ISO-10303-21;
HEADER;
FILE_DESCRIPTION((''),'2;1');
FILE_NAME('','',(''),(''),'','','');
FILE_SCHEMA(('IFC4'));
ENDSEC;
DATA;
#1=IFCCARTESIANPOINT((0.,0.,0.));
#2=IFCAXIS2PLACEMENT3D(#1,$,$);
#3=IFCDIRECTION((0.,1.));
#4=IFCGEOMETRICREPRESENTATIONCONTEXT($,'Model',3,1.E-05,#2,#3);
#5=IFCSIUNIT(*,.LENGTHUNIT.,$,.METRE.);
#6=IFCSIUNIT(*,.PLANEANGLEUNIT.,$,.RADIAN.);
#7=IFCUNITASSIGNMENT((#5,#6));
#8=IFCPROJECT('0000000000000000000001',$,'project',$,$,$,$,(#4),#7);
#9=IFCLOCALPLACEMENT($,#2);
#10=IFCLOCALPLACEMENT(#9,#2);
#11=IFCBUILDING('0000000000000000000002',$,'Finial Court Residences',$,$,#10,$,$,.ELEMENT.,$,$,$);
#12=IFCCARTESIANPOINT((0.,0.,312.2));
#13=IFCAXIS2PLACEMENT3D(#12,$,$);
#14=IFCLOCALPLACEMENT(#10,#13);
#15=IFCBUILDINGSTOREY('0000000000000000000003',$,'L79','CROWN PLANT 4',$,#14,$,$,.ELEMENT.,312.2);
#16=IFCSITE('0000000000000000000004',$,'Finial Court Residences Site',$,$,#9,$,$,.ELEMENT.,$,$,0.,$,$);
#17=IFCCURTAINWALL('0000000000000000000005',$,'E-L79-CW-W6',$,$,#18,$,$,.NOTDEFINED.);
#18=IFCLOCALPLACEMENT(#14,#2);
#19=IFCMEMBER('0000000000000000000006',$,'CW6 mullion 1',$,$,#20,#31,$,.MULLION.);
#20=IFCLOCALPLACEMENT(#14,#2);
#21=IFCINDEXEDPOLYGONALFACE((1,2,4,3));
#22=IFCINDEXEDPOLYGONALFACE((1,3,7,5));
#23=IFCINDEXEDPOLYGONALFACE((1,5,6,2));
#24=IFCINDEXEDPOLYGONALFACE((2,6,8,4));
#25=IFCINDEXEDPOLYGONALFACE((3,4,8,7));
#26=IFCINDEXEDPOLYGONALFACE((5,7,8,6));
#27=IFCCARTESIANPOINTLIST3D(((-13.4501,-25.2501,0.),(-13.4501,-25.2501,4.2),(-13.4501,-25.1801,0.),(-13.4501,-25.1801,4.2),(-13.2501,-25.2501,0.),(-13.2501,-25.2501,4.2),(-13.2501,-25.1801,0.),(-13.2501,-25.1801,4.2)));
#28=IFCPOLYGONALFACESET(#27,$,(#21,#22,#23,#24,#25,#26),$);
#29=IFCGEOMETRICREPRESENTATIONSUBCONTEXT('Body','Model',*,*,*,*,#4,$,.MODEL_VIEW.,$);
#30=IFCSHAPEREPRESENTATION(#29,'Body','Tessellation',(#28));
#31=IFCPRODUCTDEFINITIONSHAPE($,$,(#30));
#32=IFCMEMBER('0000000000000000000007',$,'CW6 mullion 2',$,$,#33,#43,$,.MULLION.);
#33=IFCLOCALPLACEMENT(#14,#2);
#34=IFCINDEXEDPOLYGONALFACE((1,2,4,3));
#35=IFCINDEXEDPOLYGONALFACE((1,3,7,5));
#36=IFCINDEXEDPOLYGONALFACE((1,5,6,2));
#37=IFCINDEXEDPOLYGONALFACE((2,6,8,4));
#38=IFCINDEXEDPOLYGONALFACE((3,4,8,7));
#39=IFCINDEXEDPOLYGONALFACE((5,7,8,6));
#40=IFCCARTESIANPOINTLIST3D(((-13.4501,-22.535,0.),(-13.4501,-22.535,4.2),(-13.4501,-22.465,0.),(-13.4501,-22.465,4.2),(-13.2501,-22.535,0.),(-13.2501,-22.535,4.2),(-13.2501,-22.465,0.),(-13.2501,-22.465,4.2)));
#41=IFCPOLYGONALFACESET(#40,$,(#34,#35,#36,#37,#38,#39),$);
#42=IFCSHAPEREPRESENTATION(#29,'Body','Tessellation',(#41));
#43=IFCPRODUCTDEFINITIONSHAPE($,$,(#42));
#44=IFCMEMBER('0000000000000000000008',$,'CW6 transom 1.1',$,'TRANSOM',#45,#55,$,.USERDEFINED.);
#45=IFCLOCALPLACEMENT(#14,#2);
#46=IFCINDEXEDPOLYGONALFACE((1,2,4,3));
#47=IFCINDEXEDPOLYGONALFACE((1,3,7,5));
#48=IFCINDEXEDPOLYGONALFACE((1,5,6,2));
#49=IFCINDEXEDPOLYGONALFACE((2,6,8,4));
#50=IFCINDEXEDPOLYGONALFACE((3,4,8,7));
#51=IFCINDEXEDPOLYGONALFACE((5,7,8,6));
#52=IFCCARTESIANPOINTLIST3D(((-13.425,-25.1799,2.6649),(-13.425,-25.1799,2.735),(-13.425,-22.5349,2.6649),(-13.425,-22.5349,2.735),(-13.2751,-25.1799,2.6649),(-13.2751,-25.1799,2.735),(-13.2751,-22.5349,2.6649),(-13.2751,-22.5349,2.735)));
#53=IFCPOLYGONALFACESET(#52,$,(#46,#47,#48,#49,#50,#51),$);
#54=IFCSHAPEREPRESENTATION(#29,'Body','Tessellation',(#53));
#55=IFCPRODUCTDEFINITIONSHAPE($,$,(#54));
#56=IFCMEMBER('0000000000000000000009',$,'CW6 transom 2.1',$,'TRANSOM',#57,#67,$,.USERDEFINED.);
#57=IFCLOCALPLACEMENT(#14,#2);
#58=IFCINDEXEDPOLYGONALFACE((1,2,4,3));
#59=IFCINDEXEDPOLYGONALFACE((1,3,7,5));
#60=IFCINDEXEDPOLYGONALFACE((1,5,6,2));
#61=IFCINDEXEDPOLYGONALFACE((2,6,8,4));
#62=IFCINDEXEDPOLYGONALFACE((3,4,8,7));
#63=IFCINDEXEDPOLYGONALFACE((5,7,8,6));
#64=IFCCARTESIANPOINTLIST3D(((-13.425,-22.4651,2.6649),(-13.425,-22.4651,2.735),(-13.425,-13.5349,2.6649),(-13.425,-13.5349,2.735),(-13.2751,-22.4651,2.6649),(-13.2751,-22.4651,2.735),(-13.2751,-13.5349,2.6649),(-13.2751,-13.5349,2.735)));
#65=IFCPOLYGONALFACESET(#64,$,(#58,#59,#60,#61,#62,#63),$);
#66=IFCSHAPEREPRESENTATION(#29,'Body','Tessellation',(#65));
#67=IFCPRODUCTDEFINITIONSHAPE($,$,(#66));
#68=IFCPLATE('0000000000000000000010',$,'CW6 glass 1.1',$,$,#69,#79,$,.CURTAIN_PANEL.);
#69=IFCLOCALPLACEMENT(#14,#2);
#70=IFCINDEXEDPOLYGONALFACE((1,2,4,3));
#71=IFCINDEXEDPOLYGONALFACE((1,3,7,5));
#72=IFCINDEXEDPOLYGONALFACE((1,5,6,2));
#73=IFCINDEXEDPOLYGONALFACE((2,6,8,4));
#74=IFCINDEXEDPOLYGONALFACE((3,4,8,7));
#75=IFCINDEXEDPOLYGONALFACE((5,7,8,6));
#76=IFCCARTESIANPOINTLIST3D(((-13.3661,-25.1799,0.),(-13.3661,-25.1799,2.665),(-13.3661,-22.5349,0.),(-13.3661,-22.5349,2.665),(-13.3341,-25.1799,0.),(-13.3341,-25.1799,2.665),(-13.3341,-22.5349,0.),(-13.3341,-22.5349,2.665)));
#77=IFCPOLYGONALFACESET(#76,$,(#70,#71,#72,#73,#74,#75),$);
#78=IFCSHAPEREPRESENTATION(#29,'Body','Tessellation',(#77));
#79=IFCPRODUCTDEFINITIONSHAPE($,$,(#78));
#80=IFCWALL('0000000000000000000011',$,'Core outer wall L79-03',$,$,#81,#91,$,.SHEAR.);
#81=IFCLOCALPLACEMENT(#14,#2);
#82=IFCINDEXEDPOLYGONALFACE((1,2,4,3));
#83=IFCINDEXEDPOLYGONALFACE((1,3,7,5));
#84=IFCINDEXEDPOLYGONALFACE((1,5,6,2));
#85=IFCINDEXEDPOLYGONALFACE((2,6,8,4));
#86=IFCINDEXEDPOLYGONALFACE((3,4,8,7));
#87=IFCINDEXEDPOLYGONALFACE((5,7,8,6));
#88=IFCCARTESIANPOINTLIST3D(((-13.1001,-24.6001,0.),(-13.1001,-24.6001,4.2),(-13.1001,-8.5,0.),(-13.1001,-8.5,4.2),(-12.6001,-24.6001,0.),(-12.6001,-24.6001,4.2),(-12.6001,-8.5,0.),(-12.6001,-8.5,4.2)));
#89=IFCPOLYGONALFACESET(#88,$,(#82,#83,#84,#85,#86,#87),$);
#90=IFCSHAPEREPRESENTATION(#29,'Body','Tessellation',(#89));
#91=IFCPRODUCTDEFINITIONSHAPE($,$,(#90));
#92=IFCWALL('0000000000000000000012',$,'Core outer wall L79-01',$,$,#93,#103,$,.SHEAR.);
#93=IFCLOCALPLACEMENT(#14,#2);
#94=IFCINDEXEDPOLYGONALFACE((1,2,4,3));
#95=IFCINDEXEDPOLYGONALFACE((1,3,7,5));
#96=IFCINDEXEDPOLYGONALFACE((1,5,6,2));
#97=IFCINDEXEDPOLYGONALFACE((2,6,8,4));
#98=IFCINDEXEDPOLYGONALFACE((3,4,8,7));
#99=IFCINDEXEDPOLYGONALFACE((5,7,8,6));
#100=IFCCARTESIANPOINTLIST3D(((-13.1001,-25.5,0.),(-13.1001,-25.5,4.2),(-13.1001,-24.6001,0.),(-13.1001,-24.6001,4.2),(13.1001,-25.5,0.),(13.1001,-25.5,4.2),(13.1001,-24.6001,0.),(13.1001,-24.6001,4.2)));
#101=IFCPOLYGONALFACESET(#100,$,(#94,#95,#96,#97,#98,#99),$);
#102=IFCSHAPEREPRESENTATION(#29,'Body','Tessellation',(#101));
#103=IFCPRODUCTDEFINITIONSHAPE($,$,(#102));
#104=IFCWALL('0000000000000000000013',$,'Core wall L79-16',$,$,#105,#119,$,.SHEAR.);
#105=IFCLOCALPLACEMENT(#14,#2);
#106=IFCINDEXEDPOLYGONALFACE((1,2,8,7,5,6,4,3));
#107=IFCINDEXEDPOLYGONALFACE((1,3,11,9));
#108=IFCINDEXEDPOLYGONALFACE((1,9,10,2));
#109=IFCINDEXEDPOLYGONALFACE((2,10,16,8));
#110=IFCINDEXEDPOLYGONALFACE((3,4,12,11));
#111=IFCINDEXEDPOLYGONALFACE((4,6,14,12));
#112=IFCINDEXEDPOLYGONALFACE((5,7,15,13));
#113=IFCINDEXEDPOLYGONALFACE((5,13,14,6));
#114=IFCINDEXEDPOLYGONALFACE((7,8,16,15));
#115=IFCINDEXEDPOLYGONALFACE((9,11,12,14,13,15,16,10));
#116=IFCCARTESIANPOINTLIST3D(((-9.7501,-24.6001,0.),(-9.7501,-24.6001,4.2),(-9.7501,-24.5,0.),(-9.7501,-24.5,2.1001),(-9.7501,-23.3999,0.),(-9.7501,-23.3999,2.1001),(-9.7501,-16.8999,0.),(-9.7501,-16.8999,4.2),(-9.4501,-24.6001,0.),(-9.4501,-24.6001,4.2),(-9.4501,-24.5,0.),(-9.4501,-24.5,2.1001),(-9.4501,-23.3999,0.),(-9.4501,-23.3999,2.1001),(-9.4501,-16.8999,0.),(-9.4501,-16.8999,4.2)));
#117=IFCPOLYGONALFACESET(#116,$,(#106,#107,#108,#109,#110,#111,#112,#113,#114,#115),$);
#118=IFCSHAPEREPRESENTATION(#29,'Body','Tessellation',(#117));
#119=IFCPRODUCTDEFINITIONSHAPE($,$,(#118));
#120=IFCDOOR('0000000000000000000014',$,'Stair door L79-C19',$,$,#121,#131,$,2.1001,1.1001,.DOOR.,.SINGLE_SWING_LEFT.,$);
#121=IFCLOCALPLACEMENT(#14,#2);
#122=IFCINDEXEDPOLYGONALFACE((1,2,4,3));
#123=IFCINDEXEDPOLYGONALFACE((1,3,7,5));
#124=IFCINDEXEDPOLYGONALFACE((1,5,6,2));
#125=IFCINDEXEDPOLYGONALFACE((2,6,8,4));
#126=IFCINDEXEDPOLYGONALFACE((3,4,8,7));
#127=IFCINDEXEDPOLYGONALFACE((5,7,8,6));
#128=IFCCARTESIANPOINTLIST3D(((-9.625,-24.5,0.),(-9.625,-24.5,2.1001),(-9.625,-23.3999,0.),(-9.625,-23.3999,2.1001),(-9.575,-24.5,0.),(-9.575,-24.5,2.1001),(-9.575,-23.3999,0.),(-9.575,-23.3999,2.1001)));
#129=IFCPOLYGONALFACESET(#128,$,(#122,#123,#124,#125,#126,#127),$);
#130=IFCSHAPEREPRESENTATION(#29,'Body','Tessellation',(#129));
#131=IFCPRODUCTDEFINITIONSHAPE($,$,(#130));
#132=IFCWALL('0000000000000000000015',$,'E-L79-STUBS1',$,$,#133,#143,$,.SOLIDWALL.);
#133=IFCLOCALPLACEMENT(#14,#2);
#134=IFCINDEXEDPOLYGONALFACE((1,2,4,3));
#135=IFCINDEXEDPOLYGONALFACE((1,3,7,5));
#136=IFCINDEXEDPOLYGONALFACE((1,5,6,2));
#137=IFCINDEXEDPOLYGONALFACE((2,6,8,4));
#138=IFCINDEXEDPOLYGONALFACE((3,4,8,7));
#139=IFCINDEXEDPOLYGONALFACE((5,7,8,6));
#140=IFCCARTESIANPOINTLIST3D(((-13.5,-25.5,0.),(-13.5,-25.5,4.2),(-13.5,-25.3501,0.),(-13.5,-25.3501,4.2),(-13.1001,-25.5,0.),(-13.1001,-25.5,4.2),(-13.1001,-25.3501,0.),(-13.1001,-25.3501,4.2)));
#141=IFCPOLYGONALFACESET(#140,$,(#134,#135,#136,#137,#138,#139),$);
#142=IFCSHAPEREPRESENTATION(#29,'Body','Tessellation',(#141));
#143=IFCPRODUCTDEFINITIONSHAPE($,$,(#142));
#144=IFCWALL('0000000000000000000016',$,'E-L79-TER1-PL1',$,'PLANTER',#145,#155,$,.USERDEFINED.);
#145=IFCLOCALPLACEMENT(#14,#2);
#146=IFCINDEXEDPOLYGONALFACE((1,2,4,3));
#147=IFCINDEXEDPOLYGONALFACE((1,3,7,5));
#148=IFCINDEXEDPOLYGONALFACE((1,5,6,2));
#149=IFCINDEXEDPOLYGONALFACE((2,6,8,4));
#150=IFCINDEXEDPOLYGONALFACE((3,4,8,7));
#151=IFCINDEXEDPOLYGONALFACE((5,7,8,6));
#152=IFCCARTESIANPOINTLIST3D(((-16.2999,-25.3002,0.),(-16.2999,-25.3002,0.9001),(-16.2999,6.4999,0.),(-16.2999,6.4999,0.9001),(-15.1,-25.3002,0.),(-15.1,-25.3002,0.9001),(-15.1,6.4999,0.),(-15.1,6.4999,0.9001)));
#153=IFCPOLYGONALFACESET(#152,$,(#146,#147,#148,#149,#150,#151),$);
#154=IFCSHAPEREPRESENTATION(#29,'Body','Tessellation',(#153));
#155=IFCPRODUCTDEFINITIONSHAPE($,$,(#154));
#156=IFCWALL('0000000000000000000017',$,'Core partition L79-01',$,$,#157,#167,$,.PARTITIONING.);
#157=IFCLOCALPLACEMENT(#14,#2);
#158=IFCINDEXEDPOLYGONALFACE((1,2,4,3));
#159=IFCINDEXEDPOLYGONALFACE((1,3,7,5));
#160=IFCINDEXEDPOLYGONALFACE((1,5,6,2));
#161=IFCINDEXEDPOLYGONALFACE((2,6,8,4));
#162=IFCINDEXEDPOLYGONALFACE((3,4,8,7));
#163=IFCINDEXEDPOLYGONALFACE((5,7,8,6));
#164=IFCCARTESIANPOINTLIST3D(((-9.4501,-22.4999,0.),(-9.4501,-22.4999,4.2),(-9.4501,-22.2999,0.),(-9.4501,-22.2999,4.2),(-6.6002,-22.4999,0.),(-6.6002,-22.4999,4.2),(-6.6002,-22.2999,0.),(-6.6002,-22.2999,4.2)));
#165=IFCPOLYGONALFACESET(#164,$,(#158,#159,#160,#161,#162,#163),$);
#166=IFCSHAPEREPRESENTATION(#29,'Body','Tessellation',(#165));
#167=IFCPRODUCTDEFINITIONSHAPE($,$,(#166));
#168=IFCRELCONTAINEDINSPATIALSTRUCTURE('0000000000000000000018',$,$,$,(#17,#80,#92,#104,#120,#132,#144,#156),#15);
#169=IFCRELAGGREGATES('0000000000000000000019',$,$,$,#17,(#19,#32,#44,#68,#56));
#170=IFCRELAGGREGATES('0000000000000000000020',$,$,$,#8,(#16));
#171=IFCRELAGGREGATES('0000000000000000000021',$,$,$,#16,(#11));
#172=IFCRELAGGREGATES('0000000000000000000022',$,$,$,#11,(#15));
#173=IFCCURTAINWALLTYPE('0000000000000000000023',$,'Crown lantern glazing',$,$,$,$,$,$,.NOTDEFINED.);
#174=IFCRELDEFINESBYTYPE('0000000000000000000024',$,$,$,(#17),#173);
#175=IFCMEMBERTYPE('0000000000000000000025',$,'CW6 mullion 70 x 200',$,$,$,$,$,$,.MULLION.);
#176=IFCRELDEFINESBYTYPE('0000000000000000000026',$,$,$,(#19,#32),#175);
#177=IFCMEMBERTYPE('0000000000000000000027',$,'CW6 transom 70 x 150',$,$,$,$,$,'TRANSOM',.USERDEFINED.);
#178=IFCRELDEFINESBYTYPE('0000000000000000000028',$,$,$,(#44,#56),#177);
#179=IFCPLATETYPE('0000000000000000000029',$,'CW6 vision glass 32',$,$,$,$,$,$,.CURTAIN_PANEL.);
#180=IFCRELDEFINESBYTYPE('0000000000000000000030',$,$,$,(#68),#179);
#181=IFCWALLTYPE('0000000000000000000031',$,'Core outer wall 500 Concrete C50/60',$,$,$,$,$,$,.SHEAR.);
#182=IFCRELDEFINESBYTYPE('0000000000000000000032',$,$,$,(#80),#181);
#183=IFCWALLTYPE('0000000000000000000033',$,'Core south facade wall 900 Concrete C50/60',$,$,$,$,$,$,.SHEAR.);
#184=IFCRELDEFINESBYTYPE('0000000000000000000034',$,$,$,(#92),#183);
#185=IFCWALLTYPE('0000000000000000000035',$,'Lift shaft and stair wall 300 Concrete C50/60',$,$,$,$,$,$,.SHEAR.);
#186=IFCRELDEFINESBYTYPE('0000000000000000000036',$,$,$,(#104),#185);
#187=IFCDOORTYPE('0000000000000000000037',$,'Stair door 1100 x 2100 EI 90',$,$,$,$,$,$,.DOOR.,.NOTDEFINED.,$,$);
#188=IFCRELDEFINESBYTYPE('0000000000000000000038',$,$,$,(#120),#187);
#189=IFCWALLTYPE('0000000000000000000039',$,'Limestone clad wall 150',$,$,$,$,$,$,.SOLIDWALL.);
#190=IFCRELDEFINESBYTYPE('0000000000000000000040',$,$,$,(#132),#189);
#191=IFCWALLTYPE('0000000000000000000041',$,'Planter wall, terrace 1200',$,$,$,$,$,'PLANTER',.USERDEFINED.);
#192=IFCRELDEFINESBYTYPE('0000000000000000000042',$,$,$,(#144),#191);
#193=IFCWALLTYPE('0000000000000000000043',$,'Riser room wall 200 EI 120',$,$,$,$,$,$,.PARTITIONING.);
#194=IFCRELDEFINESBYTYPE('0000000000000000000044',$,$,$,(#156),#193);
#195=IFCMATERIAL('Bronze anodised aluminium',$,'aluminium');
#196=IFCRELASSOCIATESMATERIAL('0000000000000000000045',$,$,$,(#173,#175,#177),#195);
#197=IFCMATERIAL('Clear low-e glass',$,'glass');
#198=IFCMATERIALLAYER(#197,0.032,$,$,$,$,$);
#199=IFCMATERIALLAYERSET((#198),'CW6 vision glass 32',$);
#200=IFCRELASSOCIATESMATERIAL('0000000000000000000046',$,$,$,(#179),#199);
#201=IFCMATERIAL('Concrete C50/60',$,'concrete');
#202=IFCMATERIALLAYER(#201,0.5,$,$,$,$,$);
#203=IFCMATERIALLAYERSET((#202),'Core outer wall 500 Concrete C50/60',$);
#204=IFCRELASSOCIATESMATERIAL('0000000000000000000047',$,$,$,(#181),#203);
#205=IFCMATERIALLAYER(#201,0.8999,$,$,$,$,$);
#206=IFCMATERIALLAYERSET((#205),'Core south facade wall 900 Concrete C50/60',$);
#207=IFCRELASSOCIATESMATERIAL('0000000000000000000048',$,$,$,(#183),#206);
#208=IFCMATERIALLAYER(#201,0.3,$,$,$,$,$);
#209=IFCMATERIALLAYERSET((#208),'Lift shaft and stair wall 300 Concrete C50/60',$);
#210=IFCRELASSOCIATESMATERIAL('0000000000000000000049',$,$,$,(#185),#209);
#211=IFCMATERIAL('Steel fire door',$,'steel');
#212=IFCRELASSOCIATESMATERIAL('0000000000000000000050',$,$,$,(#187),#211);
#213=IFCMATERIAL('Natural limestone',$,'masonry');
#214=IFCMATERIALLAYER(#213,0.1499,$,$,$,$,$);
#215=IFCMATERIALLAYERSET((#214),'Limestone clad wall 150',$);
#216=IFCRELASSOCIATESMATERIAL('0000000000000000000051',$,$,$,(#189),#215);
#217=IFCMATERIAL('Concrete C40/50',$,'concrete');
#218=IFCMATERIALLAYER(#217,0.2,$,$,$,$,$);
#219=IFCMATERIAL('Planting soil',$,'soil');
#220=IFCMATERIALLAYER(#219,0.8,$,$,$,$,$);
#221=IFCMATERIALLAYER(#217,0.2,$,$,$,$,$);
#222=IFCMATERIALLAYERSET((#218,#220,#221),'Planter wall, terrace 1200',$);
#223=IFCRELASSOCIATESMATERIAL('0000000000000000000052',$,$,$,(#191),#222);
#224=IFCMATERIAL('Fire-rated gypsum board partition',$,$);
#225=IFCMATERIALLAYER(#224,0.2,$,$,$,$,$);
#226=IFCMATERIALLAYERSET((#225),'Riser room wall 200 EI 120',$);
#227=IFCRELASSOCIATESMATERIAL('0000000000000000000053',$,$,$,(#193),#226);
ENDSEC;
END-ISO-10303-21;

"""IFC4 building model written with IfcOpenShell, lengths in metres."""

from ifc_helpers import new_model, si_unit, direction, frame, frame_2d, origin, origin_2d, place, context, subcontext, project, spatial, rectangle, extrude, material, layer, layer_set, material_profile, profile_set, type_object, element, fill, aggregate, save


model = new_model("IFC4")

# Units and contexts
model_context = context("Model", 3, precision=1e-05, world=origin(), true_north=direction((0.0, 1.0)))
body_context = subcontext(model_context, "Body", "Model", "MODEL_VIEW")
ifc_project = project(units=[si_unit("LENGTHUNIT", "METRE"), si_unit("PLANEANGLEUNIT", "RADIAN")], contexts=[model_context])

# Site, building, storey
site_placement = place(None, origin())
site = spatial("IfcSite", under=ifc_project, at=site_placement, Name="Finial Court Residences Site", CompositionType="ELEMENT", RefElevation=0.0)
building_placement = place(site_placement, origin())
building = spatial("IfcBuilding", under=site, at=building_placement, Name="Finial Court Residences", CompositionType="ELEMENT")
storey_placement = place(building_placement, frame((0.0, 0.0, 312.2)))
storey = spatial("IfcBuildingStorey", under=building, at=storey_placement, Name="L79", Description="CROWN PLANT 4", CompositionType="ELEMENT", Elevation=312.2)

# Curtain wall, members, plate
ifc_material_1 = material(Name="Bronze anodised aluminium", Category="aluminium")
curtain_wall_type = type_object("IfcCurtainWallType", Name="Crown lantern glazing", PredefinedType="NOTDEFINED", material=ifc_material_1)
curtain_wall_placement = place(storey_placement, origin())
curtain_wall = element("IfcCurtainWall", 1, at=curtain_wall_placement, inside=storey, type_object=curtain_wall_type, Name="E-L79-CW-W6", PredefinedType="NOTDEFINED")
ifc_material_profile_1 = material_profile(ifc_material_1, rectangle(XDim=0.2, YDim=0.0701, at=origin_2d()), Name="CW6 mullion 70 x 200")
ifc_profile_set_1 = profile_set([ifc_material_profile_1], Name="Bronze anodised aluminium")
member_type_1 = type_object("IfcMemberType", Name="CW6 mullion 70 x 200", PredefinedType="MULLION", material=ifc_profile_set_1)
member_1_placement = place(storey_placement, frame((-13.3501, -25.2151, 0.0), z_axis=(0.0, 0.0, 1.0), x_axis=(-1.0, 0.0, 0.0)))
member_1 = element("IfcMember", 2, at=member_1_placement, type_object=member_type_1, Name="CW6 mullion 1", PredefinedType="MULLION", context=body_context, shape_type="SweptSolid", body=[
    extrude(rectangle(XDim=0.2, YDim=0.0701, at=origin_2d()), origin(), (0.0, 0.0, 1.0), 4.2),
])
member_2_placement = place(storey_placement, frame((-13.3501, -22.5, 0.0), z_axis=(0.0, 0.0, 1.0), x_axis=(-1.0, 0.0, 0.0)))
member_2 = element("IfcMember", 3, at=member_2_placement, type_object=member_type_1, Name="CW6 mullion 2", PredefinedType="MULLION", context=body_context, shape_type="SweptSolid", body=[
    extrude(rectangle(XDim=0.2, YDim=0.0701, at=origin_2d()), origin(), (0.0, 0.0, 1.0), 4.2),
])
ifc_material_profile_2 = material_profile(ifc_material_1, rectangle(XDim=0.1499, YDim=0.0701, at=origin_2d()), Name="CW6 transom 70 x 150")
ifc_profile_set_2 = profile_set([ifc_material_profile_2], Name="Bronze anodised aluminium")
member_type_2 = type_object("IfcMemberType", Name="CW6 transom 70 x 150", ElementType="TRANSOM", PredefinedType="USERDEFINED", material=ifc_profile_set_2)
member_3_placement = place(storey_placement, frame((-13.3501, -25.1799, 2.7), z_axis=(0.0, 1.0, 0.0), x_axis=(-1.0, 0.0, 0.0)))
member_3 = element("IfcMember", 4, at=member_3_placement, type_object=member_type_2, Name="CW6 transom 1.1", ObjectType="TRANSOM", PredefinedType="USERDEFINED", context=body_context, shape_type="SweptSolid", body=[
    extrude(rectangle(XDim=0.1499, YDim=0.0701, at=origin_2d()), origin(), (0.0, 0.0, 1.0), 2.645),
])
member_4_placement = place(storey_placement, frame((-13.3501, -22.4651, 2.7), z_axis=(0.0, 1.0, 0.0), x_axis=(-1.0, 0.0, 0.0)))
member_4 = element("IfcMember", 5, at=member_4_placement, type_object=member_type_2, Name="CW6 transom 2.1", ObjectType="TRANSOM", PredefinedType="USERDEFINED", context=body_context, shape_type="SweptSolid", body=[
    extrude(rectangle(XDim=0.1499, YDim=0.0701, at=origin_2d()), origin(), (0.0, 0.0, 1.0), 8.9302),
])
ifc_material_2 = material(Name="Clear low-e glass", Category="glass")
ifc_layer_1 = layer(ifc_material_2, 0.032)
ifc_layer_set_1 = layer_set([ifc_layer_1], Name="CW6 vision glass 32")
plate_type = type_object("IfcPlateType", Name="CW6 vision glass 32", PredefinedType="CURTAIN_PANEL", material=ifc_layer_set_1)
plate_placement = place(storey_placement, frame((-13.3501, -23.8574, 0.0), z_axis=(0.0, 0.0, 1.0), x_axis=(0.0, 1.0, 0.0)))
plate = element("IfcPlate", 6, at=plate_placement, type_object=plate_type, Name="CW6 glass 1.1", PredefinedType="CURTAIN_PANEL", context=body_context, shape_type="SweptSolid", body=[
    extrude(rectangle(XDim=2.645, YDim=0.032, at=origin_2d()), origin(), (0.0, 0.0, 1.0), 2.665),
])

# Walls
ifc_material_3 = material(Name="Concrete C50/60", Category="concrete")
ifc_layer_2 = layer(ifc_material_3, 0.5)
ifc_layer_set_2 = layer_set([ifc_layer_2], Name="Core outer wall 500 Concrete C50/60")
wall_type_1 = type_object("IfcWallType", Name="Core outer wall 500 Concrete C50/60", PredefinedType="SHEAR", material=ifc_layer_set_2)
wall_1_placement = place(storey_placement, frame((-12.8501, -24.6001, 0.0), z_axis=(0.0, 0.0, 1.0), x_axis=(0.0, 1.0, 0.0)))
element("IfcWall", 7, at=wall_1_placement, inside=storey, type_object=wall_type_1, Name="Core outer wall L79-03", PredefinedType="SHEAR", context=body_context, shape_type="SweptSolid", body=[
    extrude(rectangle(XDim=16.1001, YDim=0.5, at=frame_2d((8.05, 0.0))), origin(), (0.0, 0.0, 1.0), 4.2),
])
ifc_layer_3 = layer(ifc_material_3, 0.8999)
ifc_layer_set_3 = layer_set([ifc_layer_3], Name="Core south facade wall 900 Concrete C50/60")
wall_type_2 = type_object("IfcWallType", Name="Core south facade wall 900 Concrete C50/60", PredefinedType="SHEAR", material=ifc_layer_set_3)
wall_2_placement = place(storey_placement, frame((-13.1001, -25.05, 0.0), z_axis=(0.0, 0.0, 1.0), x_axis=(1.0, 0.0, 0.0)))
element("IfcWall", 8, at=wall_2_placement, inside=storey, type_object=wall_type_2, Name="Core outer wall L79-01", PredefinedType="SHEAR", context=body_context, shape_type="SweptSolid", body=[
    extrude(rectangle(XDim=26.2002, YDim=0.8999, at=frame_2d((13.1001, 0.0))), origin(), (0.0, 0.0, 1.0), 4.2),
])

# Wall, opening, door
ifc_layer_4 = layer(ifc_material_3, 0.3)
ifc_layer_set_4 = layer_set([ifc_layer_4], Name="Lift shaft and stair wall 300 Concrete C50/60")
wall_type_3 = type_object("IfcWallType", Name="Lift shaft and stair wall 300 Concrete C50/60", PredefinedType="SHEAR", material=ifc_layer_set_4)
wall_3_placement = place(storey_placement, frame((-9.6001, -24.6001, 0.0), z_axis=(0.0, 0.0, 1.0), x_axis=(0.0, 1.0, 0.0)))
wall_3 = element("IfcWall", 9, at=wall_3_placement, inside=storey, type_object=wall_type_3, Name="Core wall L79-16", PredefinedType="SHEAR", context=body_context, shape_type="SweptSolid", body=[
    extrude(rectangle(XDim=7.7002, YDim=0.3, at=frame_2d((3.8501, 0.0))), origin(), (0.0, 0.0, 1.0), 4.2),
])
opening_1_placement = place(wall_3_placement, frame((0.1001, 0.0, 0.0)))
opening_1 = element("IfcOpeningElement", 10, at=opening_1_placement, cuts=wall_3, PredefinedType="OPENING", context=body_context, shape_type="SweptSolid", body=[
    extrude(rectangle(XDim=1.1001, YDim=2.1001, at=frame_2d((0.55, 1.05))), frame((0.0, 0.1599, 0.0), z_axis=(0.0, -1.0, 0.0), x_axis=(1.0, 0.0, 0.0)), (0.0, 0.0, 1.0), 0.3201),
])
ifc_material_4 = material(Name="Steel fire door", Category="steel")
door_type_1 = type_object("IfcDoorType", Name="Stair door 1100 x 2100 EI 90", OperationType="NOTDEFINED", PredefinedType="DOOR", material=ifc_material_4)
door_1_placement = place(opening_1_placement, origin())
door_1 = element("IfcDoor", 11, at=door_1_placement, inside=storey, type_object=door_type_1, Name="Stair door L79-C19", OperationType="SINGLE_SWING_LEFT", OverallHeight=2.1001, OverallWidth=1.1001, PredefinedType="DOOR", context=body_context, shape_type="SweptSolid", body=[
    extrude(rectangle(XDim=1.1001, YDim=2.1001, at=frame_2d((0.55, 1.05))), frame((0.0, 0.0249, 0.0), z_axis=(0.0, -1.0, 0.0), x_axis=(1.0, 0.0, 0.0)), (0.0, 0.0, 1.0), 0.05),
])
fill(opening_1, door_1)

# Walls
ifc_material_5 = material(Name="Natural limestone", Category="masonry")
ifc_layer_5 = layer(ifc_material_5, 0.1499)
ifc_layer_set_5 = layer_set([ifc_layer_5], Name="Limestone clad wall 150")
wall_type_4 = type_object("IfcWallType", Name="Limestone clad wall 150", PredefinedType="SOLIDWALL", material=ifc_layer_set_5)
wall_4_placement = place(storey_placement, frame((-13.1001, -25.425, 0.0), z_axis=(0.0, 0.0, 1.0), x_axis=(-1.0, 0.0, 0.0)))
element("IfcWall", 12, at=wall_4_placement, inside=storey, type_object=wall_type_4, Name="E-L79-STUBS1", PredefinedType="SOLIDWALL", context=body_context, shape_type="SweptSolid", body=[
    extrude(rectangle(XDim=0.3999, YDim=0.1499, at=frame_2d((0.2, 0.0))), origin(), (0.0, 0.0, 1.0), 4.2),
])
ifc_material_6 = material(Name="Concrete C40/50", Category="concrete")
ifc_layer_6 = layer(ifc_material_6, 0.2)
ifc_material_7 = material(Name="Planting soil", Category="soil")
ifc_layer_7 = layer(ifc_material_7, 0.8)
ifc_layer_8 = layer(ifc_material_6, 0.2)
ifc_layer_set_6 = layer_set([ifc_layer_6, ifc_layer_7, ifc_layer_8], Name="Planter wall, terrace 1200")
wall_type_5 = type_object("IfcWallType", Name="Planter wall, terrace 1200", ElementType="PLANTER", PredefinedType="USERDEFINED", material=ifc_layer_set_6)
wall_5_placement = place(storey_placement, frame((-15.7, -25.3, 0.0), z_axis=(0.0, 0.0, 1.0), x_axis=(0.0, 1.0, 0.0)))
element("IfcWall", 13, at=wall_5_placement, inside=storey, type_object=wall_type_5, Name="E-L79-TER1-PL1", ObjectType="PLANTER", PredefinedType="USERDEFINED", context=body_context, shape_type="SweptSolid", body=[
    extrude(rectangle(XDim=31.8, YDim=1.2, at=frame_2d((15.8999, 0.0))), origin(), (0.0, 0.0, 1.0), 0.9001),
])
ifc_material_8 = material(Name="Fire-rated gypsum board partition")
ifc_layer_9 = layer(ifc_material_8, 0.2)
ifc_layer_set_7 = layer_set([ifc_layer_9], Name="Riser room wall 200 EI 120")
wall_type_6 = type_object("IfcWallType", Name="Riser room wall 200 EI 120", PredefinedType="PARTITIONING", material=ifc_layer_set_7)
wall_6_placement = place(storey_placement, frame((-9.45, -22.3999, 0.0), z_axis=(0.0, 0.0, 1.0), x_axis=(1.0, 0.0, 0.0)))
element("IfcWall", 14, at=wall_6_placement, inside=storey, type_object=wall_type_6, Name="Core partition L79-01", PredefinedType="PARTITIONING", context=body_context, shape_type="SweptSolid", body=[
    extrude(rectangle(XDim=2.8499, YDim=0.2, at=frame_2d((1.4248, 0.0))), origin(), (0.0, 0.0, 1.0), 4.2),
])

aggregate(curtain_wall, [member_1, member_2, member_3, plate, member_4])

save(model, "model.ifc")
